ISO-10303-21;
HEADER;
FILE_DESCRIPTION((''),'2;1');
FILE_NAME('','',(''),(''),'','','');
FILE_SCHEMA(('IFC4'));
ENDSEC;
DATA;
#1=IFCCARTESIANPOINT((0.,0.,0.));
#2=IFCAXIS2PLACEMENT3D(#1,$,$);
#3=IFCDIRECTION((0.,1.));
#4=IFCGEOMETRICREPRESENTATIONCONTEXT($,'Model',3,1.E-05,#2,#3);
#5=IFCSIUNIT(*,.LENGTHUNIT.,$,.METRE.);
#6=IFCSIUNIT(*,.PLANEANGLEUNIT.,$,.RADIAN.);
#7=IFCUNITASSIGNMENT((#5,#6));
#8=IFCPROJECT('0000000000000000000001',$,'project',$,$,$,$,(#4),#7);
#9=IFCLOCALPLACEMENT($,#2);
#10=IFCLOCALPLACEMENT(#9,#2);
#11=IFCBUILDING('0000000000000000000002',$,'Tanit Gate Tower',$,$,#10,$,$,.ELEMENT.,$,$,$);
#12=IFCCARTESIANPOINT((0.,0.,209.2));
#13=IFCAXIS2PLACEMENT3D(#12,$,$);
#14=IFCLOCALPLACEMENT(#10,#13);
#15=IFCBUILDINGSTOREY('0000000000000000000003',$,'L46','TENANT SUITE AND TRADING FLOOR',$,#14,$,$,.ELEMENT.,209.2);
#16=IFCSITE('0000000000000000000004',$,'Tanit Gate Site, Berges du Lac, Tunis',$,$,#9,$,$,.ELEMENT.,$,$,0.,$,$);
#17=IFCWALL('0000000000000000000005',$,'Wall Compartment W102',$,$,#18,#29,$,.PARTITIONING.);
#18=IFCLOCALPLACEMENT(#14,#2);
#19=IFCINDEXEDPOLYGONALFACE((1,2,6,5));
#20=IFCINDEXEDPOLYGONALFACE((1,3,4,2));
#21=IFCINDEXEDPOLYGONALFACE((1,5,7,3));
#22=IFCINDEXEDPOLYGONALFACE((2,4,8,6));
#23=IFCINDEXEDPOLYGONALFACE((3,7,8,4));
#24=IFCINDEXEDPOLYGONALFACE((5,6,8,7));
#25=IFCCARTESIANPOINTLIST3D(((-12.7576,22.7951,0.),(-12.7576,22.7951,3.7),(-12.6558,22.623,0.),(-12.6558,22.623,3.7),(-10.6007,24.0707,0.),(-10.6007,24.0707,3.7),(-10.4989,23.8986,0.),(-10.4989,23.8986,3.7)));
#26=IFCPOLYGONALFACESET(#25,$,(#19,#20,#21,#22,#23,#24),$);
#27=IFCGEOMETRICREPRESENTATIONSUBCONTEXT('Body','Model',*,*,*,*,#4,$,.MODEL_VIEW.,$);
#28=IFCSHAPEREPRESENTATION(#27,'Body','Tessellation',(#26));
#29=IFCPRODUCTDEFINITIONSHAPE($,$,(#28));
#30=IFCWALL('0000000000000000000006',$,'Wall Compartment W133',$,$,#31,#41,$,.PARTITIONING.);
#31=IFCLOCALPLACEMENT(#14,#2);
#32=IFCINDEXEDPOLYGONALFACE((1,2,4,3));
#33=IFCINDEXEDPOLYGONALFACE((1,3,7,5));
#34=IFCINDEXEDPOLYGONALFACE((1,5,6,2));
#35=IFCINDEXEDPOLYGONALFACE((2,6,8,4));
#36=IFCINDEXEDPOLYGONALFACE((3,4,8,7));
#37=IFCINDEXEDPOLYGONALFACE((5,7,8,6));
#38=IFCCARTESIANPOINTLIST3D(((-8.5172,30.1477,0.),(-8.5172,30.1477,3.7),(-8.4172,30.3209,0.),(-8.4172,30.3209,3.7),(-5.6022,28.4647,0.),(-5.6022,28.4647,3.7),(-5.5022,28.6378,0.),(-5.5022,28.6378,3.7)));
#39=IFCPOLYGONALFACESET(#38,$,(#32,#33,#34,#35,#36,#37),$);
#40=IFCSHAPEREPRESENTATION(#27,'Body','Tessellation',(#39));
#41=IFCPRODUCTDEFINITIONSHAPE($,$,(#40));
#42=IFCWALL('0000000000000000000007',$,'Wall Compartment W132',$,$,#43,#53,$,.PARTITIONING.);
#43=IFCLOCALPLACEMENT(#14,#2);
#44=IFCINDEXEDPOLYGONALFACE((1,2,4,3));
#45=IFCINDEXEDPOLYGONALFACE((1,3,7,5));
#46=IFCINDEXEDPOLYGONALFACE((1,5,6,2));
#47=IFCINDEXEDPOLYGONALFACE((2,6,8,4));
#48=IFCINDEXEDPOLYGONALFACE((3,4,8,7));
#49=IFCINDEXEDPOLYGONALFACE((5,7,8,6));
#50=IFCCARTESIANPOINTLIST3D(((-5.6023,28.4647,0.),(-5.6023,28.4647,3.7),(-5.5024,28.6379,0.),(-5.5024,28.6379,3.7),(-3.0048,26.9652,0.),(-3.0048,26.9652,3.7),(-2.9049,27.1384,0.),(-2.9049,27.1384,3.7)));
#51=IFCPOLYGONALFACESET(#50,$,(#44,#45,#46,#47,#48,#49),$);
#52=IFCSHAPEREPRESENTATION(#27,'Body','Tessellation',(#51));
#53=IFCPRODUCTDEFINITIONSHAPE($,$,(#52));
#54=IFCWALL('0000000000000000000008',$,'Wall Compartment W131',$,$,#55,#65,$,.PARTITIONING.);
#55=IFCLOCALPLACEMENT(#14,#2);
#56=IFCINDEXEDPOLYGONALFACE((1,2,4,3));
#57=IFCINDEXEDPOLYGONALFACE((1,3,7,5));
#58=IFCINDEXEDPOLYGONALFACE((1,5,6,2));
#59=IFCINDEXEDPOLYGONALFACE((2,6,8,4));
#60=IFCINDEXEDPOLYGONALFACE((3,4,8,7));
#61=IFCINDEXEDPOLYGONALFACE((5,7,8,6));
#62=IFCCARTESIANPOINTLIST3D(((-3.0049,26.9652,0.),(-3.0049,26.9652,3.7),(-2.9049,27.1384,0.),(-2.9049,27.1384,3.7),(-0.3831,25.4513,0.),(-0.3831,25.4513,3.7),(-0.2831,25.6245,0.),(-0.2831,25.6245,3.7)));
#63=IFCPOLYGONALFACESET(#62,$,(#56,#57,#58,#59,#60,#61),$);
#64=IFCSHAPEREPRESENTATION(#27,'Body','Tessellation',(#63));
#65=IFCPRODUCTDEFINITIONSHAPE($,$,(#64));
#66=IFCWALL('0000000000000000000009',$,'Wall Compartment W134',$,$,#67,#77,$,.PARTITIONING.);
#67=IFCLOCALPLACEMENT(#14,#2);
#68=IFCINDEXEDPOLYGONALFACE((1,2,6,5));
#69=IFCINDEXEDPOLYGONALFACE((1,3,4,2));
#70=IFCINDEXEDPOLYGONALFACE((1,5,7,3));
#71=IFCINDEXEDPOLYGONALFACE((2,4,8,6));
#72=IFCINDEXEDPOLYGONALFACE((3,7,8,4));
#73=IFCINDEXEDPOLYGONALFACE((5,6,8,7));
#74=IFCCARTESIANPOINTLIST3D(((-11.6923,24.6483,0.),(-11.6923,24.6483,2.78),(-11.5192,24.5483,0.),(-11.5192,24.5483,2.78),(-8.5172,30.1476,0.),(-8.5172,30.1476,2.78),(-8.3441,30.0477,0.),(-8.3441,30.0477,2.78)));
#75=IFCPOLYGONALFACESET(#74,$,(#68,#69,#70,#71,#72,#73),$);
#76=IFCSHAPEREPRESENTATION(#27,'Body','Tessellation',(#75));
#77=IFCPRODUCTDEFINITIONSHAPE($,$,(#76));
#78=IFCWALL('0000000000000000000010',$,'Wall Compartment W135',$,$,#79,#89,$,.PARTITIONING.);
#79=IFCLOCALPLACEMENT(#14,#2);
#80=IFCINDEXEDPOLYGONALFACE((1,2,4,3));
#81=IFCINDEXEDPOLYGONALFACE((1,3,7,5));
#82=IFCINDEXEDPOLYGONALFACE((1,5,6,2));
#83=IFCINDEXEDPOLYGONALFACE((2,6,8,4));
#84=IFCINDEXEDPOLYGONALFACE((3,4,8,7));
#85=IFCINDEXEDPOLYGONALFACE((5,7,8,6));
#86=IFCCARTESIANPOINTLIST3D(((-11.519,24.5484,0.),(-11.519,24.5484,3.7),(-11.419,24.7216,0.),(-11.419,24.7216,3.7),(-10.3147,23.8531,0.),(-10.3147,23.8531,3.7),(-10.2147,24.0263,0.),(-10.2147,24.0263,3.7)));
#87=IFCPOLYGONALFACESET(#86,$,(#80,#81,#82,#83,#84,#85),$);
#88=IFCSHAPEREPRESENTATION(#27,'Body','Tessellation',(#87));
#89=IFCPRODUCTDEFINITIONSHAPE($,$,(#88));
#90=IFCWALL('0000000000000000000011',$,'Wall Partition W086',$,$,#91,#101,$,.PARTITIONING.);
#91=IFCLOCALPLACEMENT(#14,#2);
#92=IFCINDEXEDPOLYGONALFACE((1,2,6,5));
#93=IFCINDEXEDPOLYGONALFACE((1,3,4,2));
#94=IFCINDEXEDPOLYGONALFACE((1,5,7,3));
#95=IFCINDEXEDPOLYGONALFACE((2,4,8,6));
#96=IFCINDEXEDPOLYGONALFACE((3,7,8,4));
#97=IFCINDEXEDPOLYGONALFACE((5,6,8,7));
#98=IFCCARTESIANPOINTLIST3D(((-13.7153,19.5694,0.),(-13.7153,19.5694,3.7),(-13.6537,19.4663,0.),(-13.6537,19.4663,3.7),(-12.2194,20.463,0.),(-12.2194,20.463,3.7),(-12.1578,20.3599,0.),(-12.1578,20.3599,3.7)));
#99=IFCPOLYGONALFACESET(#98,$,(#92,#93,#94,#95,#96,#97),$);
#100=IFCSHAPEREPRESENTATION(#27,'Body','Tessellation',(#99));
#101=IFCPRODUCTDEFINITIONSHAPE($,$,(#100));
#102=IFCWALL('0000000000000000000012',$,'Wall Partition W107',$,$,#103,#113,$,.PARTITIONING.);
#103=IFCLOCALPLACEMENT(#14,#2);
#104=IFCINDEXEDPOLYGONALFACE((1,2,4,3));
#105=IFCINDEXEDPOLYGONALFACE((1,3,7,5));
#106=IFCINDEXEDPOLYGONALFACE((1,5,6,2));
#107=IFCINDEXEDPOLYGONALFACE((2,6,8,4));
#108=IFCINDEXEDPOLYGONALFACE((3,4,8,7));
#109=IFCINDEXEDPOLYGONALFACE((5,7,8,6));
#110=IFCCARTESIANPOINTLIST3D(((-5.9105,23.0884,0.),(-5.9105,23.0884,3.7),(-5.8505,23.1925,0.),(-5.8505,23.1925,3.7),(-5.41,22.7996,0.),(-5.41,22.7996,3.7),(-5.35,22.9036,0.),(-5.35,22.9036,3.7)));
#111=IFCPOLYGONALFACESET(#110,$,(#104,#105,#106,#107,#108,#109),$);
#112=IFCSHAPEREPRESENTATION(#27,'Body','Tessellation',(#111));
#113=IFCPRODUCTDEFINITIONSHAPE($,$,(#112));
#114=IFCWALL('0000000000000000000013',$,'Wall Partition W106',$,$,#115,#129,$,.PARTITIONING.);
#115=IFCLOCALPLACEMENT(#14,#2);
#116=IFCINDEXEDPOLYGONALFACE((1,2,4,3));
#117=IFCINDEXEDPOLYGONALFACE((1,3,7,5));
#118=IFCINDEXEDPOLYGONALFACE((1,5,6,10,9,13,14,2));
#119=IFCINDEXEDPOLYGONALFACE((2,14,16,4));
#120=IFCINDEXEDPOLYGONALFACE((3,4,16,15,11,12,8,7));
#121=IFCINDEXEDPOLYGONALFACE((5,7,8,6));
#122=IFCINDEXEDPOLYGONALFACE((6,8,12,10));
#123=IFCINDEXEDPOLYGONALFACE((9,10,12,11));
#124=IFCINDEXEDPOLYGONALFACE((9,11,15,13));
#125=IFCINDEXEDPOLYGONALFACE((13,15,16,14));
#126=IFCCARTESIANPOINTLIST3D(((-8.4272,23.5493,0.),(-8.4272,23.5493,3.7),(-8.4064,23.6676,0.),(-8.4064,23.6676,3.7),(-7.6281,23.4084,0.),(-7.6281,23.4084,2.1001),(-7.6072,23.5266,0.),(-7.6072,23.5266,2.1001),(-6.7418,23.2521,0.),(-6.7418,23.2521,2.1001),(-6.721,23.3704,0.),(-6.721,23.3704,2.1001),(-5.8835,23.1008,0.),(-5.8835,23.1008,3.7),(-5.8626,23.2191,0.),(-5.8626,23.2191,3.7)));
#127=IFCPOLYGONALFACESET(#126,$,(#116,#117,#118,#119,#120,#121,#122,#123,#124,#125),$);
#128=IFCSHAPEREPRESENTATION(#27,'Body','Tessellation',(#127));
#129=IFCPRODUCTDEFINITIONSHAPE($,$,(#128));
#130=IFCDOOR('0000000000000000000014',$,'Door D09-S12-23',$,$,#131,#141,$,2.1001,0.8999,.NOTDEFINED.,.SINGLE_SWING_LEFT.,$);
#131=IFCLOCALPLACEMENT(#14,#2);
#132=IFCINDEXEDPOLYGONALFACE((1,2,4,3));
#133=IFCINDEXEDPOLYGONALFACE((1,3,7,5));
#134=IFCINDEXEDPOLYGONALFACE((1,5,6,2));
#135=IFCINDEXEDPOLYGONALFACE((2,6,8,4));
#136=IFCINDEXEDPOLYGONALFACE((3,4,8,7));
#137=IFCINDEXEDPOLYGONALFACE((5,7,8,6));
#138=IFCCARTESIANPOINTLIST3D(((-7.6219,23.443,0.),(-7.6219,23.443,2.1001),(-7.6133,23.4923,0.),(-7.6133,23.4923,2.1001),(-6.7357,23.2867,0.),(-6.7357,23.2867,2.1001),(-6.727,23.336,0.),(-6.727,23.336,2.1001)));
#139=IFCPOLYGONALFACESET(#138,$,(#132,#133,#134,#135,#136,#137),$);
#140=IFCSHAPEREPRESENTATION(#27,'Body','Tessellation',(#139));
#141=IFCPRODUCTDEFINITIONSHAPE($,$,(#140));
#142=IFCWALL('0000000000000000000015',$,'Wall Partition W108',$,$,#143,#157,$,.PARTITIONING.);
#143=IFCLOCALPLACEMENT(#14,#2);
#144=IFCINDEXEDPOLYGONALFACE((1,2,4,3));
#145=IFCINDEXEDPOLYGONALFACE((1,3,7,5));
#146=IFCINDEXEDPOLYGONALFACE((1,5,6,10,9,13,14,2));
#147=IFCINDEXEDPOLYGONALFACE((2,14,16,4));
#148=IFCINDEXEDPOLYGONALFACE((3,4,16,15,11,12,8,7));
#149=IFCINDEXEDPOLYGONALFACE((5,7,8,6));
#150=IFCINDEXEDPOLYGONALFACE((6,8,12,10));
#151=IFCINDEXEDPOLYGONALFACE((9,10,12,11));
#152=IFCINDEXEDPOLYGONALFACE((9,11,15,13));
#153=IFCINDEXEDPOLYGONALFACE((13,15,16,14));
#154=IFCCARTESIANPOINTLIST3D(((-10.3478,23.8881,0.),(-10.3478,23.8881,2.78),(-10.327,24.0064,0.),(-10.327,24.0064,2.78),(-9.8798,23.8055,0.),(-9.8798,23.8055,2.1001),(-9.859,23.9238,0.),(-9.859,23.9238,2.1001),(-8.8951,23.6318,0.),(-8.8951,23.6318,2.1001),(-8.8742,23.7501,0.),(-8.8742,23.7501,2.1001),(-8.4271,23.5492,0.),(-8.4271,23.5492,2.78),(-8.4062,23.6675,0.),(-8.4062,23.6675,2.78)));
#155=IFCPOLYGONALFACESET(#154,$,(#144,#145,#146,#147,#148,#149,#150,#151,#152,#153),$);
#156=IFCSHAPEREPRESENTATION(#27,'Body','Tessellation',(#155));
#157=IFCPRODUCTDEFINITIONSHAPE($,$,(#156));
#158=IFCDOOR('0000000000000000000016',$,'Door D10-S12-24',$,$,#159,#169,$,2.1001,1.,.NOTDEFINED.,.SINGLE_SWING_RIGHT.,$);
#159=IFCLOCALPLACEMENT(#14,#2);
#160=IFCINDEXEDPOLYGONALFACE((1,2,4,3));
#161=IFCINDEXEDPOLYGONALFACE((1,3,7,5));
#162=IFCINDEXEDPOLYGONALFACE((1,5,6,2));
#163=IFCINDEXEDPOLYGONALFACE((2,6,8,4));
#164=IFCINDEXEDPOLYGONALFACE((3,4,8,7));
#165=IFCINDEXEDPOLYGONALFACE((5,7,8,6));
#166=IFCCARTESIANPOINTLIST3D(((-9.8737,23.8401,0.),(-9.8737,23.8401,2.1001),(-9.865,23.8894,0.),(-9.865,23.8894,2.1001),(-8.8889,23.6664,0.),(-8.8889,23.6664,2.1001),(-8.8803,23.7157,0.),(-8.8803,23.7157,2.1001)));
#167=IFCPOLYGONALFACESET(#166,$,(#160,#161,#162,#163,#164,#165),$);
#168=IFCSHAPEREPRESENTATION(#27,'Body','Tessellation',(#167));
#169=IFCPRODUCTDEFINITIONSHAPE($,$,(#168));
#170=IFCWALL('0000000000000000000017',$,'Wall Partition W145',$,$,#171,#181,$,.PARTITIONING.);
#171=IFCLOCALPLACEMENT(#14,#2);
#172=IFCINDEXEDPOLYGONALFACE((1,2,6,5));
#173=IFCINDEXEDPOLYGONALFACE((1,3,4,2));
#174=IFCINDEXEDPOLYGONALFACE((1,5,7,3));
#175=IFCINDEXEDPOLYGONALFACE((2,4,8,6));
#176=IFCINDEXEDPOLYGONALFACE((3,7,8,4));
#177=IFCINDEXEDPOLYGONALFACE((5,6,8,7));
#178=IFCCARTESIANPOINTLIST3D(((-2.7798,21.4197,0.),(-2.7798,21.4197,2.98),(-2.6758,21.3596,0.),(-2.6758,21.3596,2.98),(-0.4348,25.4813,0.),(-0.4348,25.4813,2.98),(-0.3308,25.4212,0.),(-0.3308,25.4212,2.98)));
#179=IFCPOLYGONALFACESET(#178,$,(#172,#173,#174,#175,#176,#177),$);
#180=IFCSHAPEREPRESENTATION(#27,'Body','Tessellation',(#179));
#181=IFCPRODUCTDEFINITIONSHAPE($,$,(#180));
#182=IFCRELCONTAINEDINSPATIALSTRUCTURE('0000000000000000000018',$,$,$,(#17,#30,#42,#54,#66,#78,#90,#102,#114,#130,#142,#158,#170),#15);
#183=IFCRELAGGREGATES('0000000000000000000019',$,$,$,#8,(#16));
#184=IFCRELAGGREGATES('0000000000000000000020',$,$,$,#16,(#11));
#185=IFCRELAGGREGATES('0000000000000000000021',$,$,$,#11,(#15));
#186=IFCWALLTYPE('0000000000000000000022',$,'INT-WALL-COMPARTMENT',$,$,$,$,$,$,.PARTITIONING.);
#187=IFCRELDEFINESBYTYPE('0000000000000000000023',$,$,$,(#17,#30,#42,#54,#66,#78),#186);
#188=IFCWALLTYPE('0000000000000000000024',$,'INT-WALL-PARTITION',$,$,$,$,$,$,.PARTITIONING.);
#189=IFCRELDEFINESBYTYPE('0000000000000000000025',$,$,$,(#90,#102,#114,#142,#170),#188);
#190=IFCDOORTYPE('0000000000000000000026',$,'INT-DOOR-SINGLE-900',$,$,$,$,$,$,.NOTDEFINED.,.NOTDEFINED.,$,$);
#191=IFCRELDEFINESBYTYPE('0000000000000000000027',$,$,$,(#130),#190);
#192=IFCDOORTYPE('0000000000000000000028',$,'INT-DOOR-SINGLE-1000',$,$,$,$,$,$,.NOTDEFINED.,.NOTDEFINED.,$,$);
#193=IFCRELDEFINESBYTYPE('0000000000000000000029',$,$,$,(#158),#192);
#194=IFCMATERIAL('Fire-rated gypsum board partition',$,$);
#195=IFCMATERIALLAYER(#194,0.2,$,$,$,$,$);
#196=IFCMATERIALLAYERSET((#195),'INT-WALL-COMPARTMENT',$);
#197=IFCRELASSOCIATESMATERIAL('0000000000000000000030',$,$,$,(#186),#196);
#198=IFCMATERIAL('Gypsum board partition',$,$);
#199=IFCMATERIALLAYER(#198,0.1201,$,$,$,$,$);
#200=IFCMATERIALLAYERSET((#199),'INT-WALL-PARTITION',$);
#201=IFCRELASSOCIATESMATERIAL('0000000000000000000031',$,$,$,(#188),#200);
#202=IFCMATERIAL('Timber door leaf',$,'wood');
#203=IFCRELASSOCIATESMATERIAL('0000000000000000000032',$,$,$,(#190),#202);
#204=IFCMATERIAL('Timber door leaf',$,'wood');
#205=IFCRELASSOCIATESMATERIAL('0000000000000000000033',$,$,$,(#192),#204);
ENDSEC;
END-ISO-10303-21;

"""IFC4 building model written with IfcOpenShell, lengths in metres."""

from ifc_helpers import new_model, si_unit, direction, frame, frame_2d, origin, place, context, subcontext, project, spatial, rectangle, extrude, material, layer, layer_set, type_object, element, fill, save


model = new_model("IFC4")

# Units and contexts
model_context = context("Model", 3, precision=1e-05, world=origin(), true_north=direction((0.0, 1.0)))
body_context = subcontext(model_context, "Body", "Model", "MODEL_VIEW")
ifc_project = project(units=[si_unit("LENGTHUNIT", "METRE"), si_unit("PLANEANGLEUNIT", "RADIAN")], contexts=[model_context])

# Site, building, storey
site_placement = place(None, origin())
site = spatial("IfcSite", under=ifc_project, at=site_placement, Name="Tanit Gate Site, Berges du Lac, Tunis", CompositionType="ELEMENT", RefElevation=0.0)
building_placement = place(site_placement, origin())
building = spatial("IfcBuilding", under=site, at=building_placement, Name="Tanit Gate Tower", CompositionType="ELEMENT")
storey_placement = place(building_placement, frame((0.0, 0.0, 209.2)))
storey = spatial("IfcBuildingStorey", under=building, at=storey_placement, Name="L46", Description="TENANT SUITE AND TRADING FLOOR", CompositionType="ELEMENT", Elevation=209.2)

# Walls
ifc_material_1 = material(Name="Fire-rated gypsum board partition")
ifc_layer_1 = layer(ifc_material_1, 0.2)
ifc_layer_set_1 = layer_set([ifc_layer_1], Name="INT-WALL-COMPARTMENT")
wall_type_1 = type_object("IfcWallType", Name="INT-WALL-COMPARTMENT", PredefinedType="PARTITIONING", material=ifc_layer_set_1)
wall_1_placement = place(storey_placement, frame((-10.5498, 23.9846, 0.0), z_axis=(0.0, 0.0, 1.0), x_axis=(-0.860742, -0.509041, 0.0)))
element("IfcWall", 1, at=wall_1_placement, inside=storey, type_object=wall_type_1, Name="Wall Compartment W102", PredefinedType="PARTITIONING", context=body_context, shape_type="SweptSolid", body=[
    extrude(rectangle(XDim=2.5059, YDim=0.2, at=frame_2d((1.2529, 0.0))), origin(), (0.0, 0.0, 1.0), 3.7),
])
wall_2_placement = place(storey_placement, frame((-8.4673, 30.2344, 0.0), z_axis=(0.0, 0.0, 1.0), x_axis=(0.866012, -0.500024, 0.0)))
element("IfcWall", 2, at=wall_2_placement, inside=storey, type_object=wall_type_1, Name="Wall Compartment W133", PredefinedType="PARTITIONING", context=body_context, shape_type="SweptSolid", body=[
    extrude(rectangle(XDim=3.366, YDim=0.2, at=frame_2d((1.6831, 0.0))), origin(), (0.0, 0.0, 1.0), 3.7),
])
wall_3_placement = place(storey_placement, frame((-5.5522, 28.5513, 0.0), z_axis=(0.0, 0.0, 1.0), x_axis=(0.866041, -0.499974, 0.0)))
element("IfcWall", 3, at=wall_3_placement, inside=storey, type_object=wall_type_1, Name="Wall Compartment W132", PredefinedType="PARTITIONING", context=body_context, shape_type="SweptSolid", body=[
    extrude(rectangle(XDim=2.9993, YDim=0.2, at=frame_2d((1.4995, 0.0))), origin(), (0.0, 0.0, 1.0), 3.7),
])
wall_4_placement = place(storey_placement, frame((-2.9548, 27.0518, 0.0), z_axis=(0.0, 0.0, 1.0), x_axis=(0.865996, -0.500051, 0.0)))
element("IfcWall", 4, at=wall_4_placement, inside=storey, type_object=wall_type_1, Name="Wall Compartment W131", PredefinedType="PARTITIONING", context=body_context, shape_type="SweptSolid", body=[
    extrude(rectangle(XDim=3.0276, YDim=0.2, at=frame_2d((1.5137, 0.0))), origin(), (0.0, 0.0, 1.0), 3.7),
])
wall_5_placement = place(storey_placement, frame((-8.4307, 30.0977, 0.0), z_axis=(0.0, 0.0, 1.0), x_axis=(-0.500005, -0.866022, 0.0)))
element("IfcWall", 5, at=wall_5_placement, inside=storey, type_object=wall_type_1, Name="Wall Compartment W134", PredefinedType="PARTITIONING", context=body_context, shape_type="SweptSolid", body=[
    extrude(rectangle(XDim=6.3501, YDim=0.2, at=frame_2d((3.175, 0.0))), origin(), (0.0, 0.0, 1.0), 2.78),
])
wall_6_placement = place(storey_placement, frame((-11.469, 24.635, 0.0), z_axis=(0.0, 0.0, 1.0), x_axis=(0.866031, -0.499991, 0.0)))
element("IfcWall", 6, at=wall_6_placement, inside=storey, type_object=wall_type_1, Name="Wall Compartment W135", PredefinedType="PARTITIONING", context=body_context, shape_type="SweptSolid", body=[
    extrude(rectangle(XDim=1.3906, YDim=0.2, at=frame_2d((0.6953, 0.0))), origin(), (0.0, 0.0, 1.0), 3.7),
])
ifc_material_2 = material(Name="Gypsum board partition")
ifc_layer_2 = layer(ifc_material_2, 0.1201)
ifc_layer_set_2 = layer_set([ifc_layer_2], Name="INT-WALL-PARTITION")
wall_type_2 = type_object("IfcWallType", Name="INT-WALL-PARTITION", PredefinedType="PARTITIONING", material=ifc_layer_set_2)
wall_7_placement = place(storey_placement, frame((-12.1887, 20.4114, 0.0), z_axis=(0.0, 0.0, 1.0), x_axis=(-0.858493, -0.512826, 0.0)))
element("IfcWall", 7, at=wall_7_placement, inside=storey, type_object=wall_type_2, Name="Wall Partition W086", PredefinedType="PARTITIONING", context=body_context, shape_type="SweptSolid", body=[
    extrude(rectangle(XDim=1.7424, YDim=0.1201, at=frame_2d((0.8711, 0.0))), origin(), (0.0, 0.0, 1.0), 3.7),
])
wall_8_placement = place(storey_placement, frame((-5.3799, 22.8516, 0.0), z_axis=(0.0, 0.0, 1.0), x_axis=(-0.866129, 0.49982, 0.0)))
element("IfcWall", 8, at=wall_8_placement, inside=storey, type_object=wall_type_2, Name="Wall Partition W107", PredefinedType="PARTITIONING", context=body_context, shape_type="SweptSolid", body=[
    extrude(rectangle(XDim=0.5779, YDim=0.1201, at=frame_2d((0.2891, 0.0))), origin(), (0.0, 0.0, 1.0), 3.7),
])

# Walls, openings, doors
wall_9_placement = place(storey_placement, frame((-5.873, 23.1599, 0.0), z_axis=(0.0, 0.0, 1.0), x_axis=(-0.98481, 0.173634, 0.0)))
wall_9 = element("IfcWall", 9, at=wall_9_placement, inside=storey, type_object=wall_type_2, Name="Wall Partition W106", PredefinedType="PARTITIONING", context=body_context, shape_type="SweptSolid", body=[
    extrude(rectangle(XDim=2.583, YDim=0.1201, at=frame_2d((1.2915, 0.0))), origin(), (0.0, 0.0, 1.0), 3.7),
])
opening_1_placement = place(wall_9_placement, frame((0.8716, 0.0, 0.0)))
opening_1 = element("IfcOpeningElement", 10, at=opening_1_placement, cuts=wall_9, PredefinedType="OPENING", context=body_context, shape_type="SweptSolid", body=[
    extrude(rectangle(XDim=0.8999, YDim=2.1001, at=frame_2d((0.45, 1.05))), frame((0.0, 0.0701, 0.0), z_axis=(0.0, -1.0, 0.0), x_axis=(1.0, 0.0, 0.0)), (0.0, 0.0, 1.0), 0.1401),
])
ifc_material_3 = material(Name="Timber door leaf", Category="wood")
door_type_1 = type_object("IfcDoorType", Name="INT-DOOR-SINGLE-900", OperationType="NOTDEFINED", PredefinedType="NOTDEFINED", material=ifc_material_3)
door_1_placement = place(opening_1_placement, origin())
door_1 = element("IfcDoor", 11, at=door_1_placement, inside=storey, type_object=door_type_1, Name="Door D09-S12-23", OperationType="SINGLE_SWING_LEFT", OverallHeight=2.1001, OverallWidth=0.8999, PredefinedType="NOTDEFINED", context=body_context, shape_type="SweptSolid", body=[
    extrude(rectangle(XDim=0.8999, YDim=2.1001, at=frame_2d((0.45, 1.05))), frame((0.0, 0.0249, 0.0), z_axis=(0.0, -1.0, 0.0), x_axis=(1.0, 0.0, 0.0)), (0.0, 0.0, 1.0), 0.05),
])
fill(opening_1, door_1)
wall_10_placement = place(storey_placement, frame((-8.4167, 23.6084, 0.0), z_axis=(0.0, 0.0, 1.0), x_axis=(-0.984794, 0.173728, 0.0)))
wall_10 = element("IfcWall", 12, at=wall_10_placement, inside=storey, type_object=wall_type_2, Name="Wall Partition W108", PredefinedType="PARTITIONING", context=body_context, shape_type="SweptSolid", body=[
    extrude(rectangle(XDim=1.9504, YDim=0.1201, at=frame_2d((0.9751, 0.0))), origin(), (0.0, 0.0, 1.0), 2.78),
])
opening_2_placement = place(wall_10_placement, frame((0.4751, 0.0, 0.0)))
opening_2 = element("IfcOpeningElement", 13, at=opening_2_placement, cuts=wall_10, PredefinedType="OPENING", context=body_context, shape_type="SweptSolid", body=[
    extrude(rectangle(XDim=1.0, YDim=2.1001, at=frame_2d((0.5, 1.05))), frame((0.0, 0.0701, 0.0), z_axis=(0.0, -1.0, 0.0), x_axis=(1.0, 0.0, 0.0)), (0.0, 0.0, 1.0), 0.1401),
])
ifc_material_4 = material(Name="Timber door leaf", Category="wood")
door_type_2 = type_object("IfcDoorType", Name="INT-DOOR-SINGLE-1000", OperationType="NOTDEFINED", PredefinedType="NOTDEFINED", material=ifc_material_4)
door_2_placement = place(opening_2_placement, origin())
door_2 = element("IfcDoor", 14, at=door_2_placement, inside=storey, type_object=door_type_2, Name="Door D10-S12-24", OperationType="SINGLE_SWING_RIGHT", OverallHeight=2.1001, OverallWidth=1.0, PredefinedType="NOTDEFINED", context=body_context, shape_type="SweptSolid", body=[
    extrude(rectangle(XDim=1.0, YDim=2.1001, at=frame_2d((0.5, 1.05))), frame((0.0, 0.0249, 0.0), z_axis=(0.0, -1.0, 0.0), x_axis=(1.0, 0.0, 0.0)), (0.0, 0.0, 1.0), 0.05),
])
fill(opening_2, door_2)

# Wall
wall_11_placement = place(storey_placement, frame((-2.7278, 21.3896, 0.0), z_axis=(0.0, 0.0, 1.0), x_axis=(0.500008, 0.866021, 0.0)))
element("IfcWall", 15, at=wall_11_placement, inside=storey, type_object=wall_type_2, Name="Wall Partition W145", PredefinedType="PARTITIONING", context=body_context, shape_type="SweptSolid", body=[
    extrude(rectangle(XDim=4.6899, YDim=0.1201, at=frame_2d((2.345, 0.0))), origin(), (0.0, 0.0, 1.0), 2.98),
])

save(model, "model.ifc")
